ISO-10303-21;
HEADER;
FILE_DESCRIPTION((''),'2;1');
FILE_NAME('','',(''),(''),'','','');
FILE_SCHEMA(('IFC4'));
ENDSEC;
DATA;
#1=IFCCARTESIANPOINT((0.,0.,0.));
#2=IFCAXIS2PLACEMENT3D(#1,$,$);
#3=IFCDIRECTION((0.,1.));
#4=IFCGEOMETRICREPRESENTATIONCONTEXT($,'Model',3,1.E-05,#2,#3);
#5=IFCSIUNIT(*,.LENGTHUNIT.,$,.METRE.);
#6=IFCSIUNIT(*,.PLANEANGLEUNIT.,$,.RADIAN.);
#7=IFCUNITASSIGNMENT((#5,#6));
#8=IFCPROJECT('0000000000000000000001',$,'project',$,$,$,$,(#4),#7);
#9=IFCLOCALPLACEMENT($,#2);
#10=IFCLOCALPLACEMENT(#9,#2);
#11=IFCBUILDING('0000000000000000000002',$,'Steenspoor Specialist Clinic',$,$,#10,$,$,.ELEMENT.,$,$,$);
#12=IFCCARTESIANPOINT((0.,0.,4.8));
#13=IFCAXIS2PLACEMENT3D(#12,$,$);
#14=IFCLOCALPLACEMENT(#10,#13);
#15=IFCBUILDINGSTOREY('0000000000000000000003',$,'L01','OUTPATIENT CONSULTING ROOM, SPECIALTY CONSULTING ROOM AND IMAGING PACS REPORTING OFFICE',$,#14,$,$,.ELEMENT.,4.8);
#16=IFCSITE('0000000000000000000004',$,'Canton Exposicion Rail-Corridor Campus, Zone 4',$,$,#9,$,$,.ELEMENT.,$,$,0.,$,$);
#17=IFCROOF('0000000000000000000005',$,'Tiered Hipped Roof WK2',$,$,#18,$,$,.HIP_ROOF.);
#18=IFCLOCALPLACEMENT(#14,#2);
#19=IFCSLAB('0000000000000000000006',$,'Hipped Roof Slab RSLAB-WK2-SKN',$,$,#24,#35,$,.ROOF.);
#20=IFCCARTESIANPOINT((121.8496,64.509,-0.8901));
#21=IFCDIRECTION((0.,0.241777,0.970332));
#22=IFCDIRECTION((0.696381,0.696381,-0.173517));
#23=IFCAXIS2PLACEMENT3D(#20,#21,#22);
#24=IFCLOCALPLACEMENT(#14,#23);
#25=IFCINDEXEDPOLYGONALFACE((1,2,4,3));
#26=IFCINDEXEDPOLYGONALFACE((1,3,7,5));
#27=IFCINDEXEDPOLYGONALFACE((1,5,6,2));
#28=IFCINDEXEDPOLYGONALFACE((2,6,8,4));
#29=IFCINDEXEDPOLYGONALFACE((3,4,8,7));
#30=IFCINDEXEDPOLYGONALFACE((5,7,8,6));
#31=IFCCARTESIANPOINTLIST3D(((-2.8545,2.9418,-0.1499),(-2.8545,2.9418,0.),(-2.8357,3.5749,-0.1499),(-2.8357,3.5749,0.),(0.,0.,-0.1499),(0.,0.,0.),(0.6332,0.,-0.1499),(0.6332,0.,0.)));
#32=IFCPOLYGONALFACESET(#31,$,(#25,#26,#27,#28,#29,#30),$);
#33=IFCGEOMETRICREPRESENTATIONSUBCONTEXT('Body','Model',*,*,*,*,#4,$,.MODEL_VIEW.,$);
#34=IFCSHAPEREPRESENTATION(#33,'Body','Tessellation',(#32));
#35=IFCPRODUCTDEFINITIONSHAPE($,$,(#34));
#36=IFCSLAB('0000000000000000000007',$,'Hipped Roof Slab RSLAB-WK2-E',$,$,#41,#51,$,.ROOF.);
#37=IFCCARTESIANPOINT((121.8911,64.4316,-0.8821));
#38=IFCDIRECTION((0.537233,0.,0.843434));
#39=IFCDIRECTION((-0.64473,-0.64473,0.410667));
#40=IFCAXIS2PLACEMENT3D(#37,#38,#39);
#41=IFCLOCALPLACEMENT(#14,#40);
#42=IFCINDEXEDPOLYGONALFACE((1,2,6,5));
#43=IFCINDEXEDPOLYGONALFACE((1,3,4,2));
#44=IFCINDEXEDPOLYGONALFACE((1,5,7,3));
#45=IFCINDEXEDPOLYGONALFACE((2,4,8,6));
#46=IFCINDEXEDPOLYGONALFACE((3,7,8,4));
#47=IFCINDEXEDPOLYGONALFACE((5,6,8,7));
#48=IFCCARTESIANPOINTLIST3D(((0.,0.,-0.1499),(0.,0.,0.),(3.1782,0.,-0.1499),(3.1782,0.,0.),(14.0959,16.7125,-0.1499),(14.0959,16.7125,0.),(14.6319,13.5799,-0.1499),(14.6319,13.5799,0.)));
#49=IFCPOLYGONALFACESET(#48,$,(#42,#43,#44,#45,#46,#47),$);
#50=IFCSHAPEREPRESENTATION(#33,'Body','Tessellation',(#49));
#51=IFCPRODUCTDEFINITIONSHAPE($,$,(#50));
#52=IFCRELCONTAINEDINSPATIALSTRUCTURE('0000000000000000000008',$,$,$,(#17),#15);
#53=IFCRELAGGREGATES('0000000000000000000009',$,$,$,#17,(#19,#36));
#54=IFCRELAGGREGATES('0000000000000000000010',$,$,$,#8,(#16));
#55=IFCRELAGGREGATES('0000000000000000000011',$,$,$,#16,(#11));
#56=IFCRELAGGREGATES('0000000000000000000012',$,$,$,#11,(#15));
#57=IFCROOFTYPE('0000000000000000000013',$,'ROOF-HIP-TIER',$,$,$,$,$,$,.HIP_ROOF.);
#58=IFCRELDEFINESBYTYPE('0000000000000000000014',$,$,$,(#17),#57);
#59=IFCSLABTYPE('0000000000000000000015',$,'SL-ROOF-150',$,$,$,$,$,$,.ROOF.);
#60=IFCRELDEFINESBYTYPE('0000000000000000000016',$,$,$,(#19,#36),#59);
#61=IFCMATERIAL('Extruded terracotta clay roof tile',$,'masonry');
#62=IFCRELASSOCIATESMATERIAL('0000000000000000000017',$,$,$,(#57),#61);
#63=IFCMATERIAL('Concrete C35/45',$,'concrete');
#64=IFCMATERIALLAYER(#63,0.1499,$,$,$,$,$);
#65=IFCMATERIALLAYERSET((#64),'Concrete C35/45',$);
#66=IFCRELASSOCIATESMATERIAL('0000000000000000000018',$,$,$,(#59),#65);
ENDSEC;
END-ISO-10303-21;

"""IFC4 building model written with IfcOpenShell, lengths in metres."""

from ifc_helpers import new_model, si_unit, direction, frame, origin, place, context, subcontext, project, spatial, polyline, outline, extrude, material, layer, layer_set, type_object, element, aggregate, save


model = new_model("IFC4")

# Units and contexts
model_context = context("Model", 3, precision=1e-05, world=origin(), true_north=direction((0.0, 1.0)))
body_context = subcontext(model_context, "Body", "Model", "MODEL_VIEW")
ifc_project = project(units=[si_unit("LENGTHUNIT", "METRE"), si_unit("PLANEANGLEUNIT", "RADIAN")], contexts=[model_context])

# Site, building, storey
site_placement = place(None, origin())
site = spatial("IfcSite", under=ifc_project, at=site_placement, Name="Canton Exposicion Rail-Corridor Campus, Zone 4", CompositionType="ELEMENT", RefElevation=0.0)
building_placement = place(site_placement, origin())
building = spatial("IfcBuilding", under=site, at=building_placement, Name="Steenspoor Specialist Clinic", CompositionType="ELEMENT")
storey_placement = place(building_placement, frame((0.0, 0.0, 4.8)))
storey = spatial("IfcBuildingStorey", under=building, at=storey_placement, Name="L01", Description="OUTPATIENT CONSULTING ROOM, SPECIALTY CONSULTING ROOM AND IMAGING PACS REPORTING OFFICE", CompositionType="ELEMENT", Elevation=4.8)

# Roof, slabs
ifc_material_1 = material(Name="Extruded terracotta clay roof tile", Category="masonry")
roof_type = type_object("IfcRoofType", Name="ROOF-HIP-TIER", PredefinedType="HIP_ROOF", material=ifc_material_1)
roof_placement = place(storey_placement, origin())
roof = element("IfcRoof", 1, at=roof_placement, inside=storey, type_object=roof_type, Name="Tiered Hipped Roof WK2", PredefinedType="HIP_ROOF")
ifc_material_2 = material(Name="Concrete C35/45", Category="concrete")
ifc_layer_1 = layer(ifc_material_2, 0.1499)
ifc_layer_set_1 = layer_set([ifc_layer_1], Name="Concrete C35/45")
slab_type = type_object("IfcSlabType", Name="SL-ROOF-150", PredefinedType="ROOF", material=ifc_layer_set_1)
slab_1_placement = place(storey_placement, frame((121.8496, 64.509, -0.8901), z_axis=(0.0, 0.241777, 0.970332), x_axis=(0.696381, 0.696381, -0.173517)))
slab_1 = element("IfcSlab", 2, at=slab_1_placement, type_object=slab_type, Name="Hipped Roof Slab RSLAB-WK2-SKN", PredefinedType="ROOF", context=body_context, shape_type="SweptSolid", body=[
    extrude(outline(polyline([(0.0, 0.0), (0.6332, 0.0), (-2.8357, 3.5749), (-2.8545, 2.9418), (0.0, 0.0)])), origin(), (0.0, 0.0, -1.0), 0.1499),
])
slab_2_placement = place(storey_placement, frame((121.8911, 64.4316, -0.8821), z_axis=(0.537233, 0.0, 0.843434), x_axis=(-0.64473, -0.64473, 0.410667)))
slab_2 = element("IfcSlab", 3, at=slab_2_placement, type_object=slab_type, Name="Hipped Roof Slab RSLAB-WK2-E", PredefinedType="ROOF", context=body_context, shape_type="SweptSolid", body=[
    extrude(outline(polyline([(0.0, 0.0), (3.1782, 0.0), (14.6319, 13.5799), (14.0959, 16.7125), (0.0, 0.0)])), origin(), (0.0, 0.0, -1.0), 0.1499),
])
aggregate(roof, [slab_1, slab_2])

save(model, "model.ifc")
